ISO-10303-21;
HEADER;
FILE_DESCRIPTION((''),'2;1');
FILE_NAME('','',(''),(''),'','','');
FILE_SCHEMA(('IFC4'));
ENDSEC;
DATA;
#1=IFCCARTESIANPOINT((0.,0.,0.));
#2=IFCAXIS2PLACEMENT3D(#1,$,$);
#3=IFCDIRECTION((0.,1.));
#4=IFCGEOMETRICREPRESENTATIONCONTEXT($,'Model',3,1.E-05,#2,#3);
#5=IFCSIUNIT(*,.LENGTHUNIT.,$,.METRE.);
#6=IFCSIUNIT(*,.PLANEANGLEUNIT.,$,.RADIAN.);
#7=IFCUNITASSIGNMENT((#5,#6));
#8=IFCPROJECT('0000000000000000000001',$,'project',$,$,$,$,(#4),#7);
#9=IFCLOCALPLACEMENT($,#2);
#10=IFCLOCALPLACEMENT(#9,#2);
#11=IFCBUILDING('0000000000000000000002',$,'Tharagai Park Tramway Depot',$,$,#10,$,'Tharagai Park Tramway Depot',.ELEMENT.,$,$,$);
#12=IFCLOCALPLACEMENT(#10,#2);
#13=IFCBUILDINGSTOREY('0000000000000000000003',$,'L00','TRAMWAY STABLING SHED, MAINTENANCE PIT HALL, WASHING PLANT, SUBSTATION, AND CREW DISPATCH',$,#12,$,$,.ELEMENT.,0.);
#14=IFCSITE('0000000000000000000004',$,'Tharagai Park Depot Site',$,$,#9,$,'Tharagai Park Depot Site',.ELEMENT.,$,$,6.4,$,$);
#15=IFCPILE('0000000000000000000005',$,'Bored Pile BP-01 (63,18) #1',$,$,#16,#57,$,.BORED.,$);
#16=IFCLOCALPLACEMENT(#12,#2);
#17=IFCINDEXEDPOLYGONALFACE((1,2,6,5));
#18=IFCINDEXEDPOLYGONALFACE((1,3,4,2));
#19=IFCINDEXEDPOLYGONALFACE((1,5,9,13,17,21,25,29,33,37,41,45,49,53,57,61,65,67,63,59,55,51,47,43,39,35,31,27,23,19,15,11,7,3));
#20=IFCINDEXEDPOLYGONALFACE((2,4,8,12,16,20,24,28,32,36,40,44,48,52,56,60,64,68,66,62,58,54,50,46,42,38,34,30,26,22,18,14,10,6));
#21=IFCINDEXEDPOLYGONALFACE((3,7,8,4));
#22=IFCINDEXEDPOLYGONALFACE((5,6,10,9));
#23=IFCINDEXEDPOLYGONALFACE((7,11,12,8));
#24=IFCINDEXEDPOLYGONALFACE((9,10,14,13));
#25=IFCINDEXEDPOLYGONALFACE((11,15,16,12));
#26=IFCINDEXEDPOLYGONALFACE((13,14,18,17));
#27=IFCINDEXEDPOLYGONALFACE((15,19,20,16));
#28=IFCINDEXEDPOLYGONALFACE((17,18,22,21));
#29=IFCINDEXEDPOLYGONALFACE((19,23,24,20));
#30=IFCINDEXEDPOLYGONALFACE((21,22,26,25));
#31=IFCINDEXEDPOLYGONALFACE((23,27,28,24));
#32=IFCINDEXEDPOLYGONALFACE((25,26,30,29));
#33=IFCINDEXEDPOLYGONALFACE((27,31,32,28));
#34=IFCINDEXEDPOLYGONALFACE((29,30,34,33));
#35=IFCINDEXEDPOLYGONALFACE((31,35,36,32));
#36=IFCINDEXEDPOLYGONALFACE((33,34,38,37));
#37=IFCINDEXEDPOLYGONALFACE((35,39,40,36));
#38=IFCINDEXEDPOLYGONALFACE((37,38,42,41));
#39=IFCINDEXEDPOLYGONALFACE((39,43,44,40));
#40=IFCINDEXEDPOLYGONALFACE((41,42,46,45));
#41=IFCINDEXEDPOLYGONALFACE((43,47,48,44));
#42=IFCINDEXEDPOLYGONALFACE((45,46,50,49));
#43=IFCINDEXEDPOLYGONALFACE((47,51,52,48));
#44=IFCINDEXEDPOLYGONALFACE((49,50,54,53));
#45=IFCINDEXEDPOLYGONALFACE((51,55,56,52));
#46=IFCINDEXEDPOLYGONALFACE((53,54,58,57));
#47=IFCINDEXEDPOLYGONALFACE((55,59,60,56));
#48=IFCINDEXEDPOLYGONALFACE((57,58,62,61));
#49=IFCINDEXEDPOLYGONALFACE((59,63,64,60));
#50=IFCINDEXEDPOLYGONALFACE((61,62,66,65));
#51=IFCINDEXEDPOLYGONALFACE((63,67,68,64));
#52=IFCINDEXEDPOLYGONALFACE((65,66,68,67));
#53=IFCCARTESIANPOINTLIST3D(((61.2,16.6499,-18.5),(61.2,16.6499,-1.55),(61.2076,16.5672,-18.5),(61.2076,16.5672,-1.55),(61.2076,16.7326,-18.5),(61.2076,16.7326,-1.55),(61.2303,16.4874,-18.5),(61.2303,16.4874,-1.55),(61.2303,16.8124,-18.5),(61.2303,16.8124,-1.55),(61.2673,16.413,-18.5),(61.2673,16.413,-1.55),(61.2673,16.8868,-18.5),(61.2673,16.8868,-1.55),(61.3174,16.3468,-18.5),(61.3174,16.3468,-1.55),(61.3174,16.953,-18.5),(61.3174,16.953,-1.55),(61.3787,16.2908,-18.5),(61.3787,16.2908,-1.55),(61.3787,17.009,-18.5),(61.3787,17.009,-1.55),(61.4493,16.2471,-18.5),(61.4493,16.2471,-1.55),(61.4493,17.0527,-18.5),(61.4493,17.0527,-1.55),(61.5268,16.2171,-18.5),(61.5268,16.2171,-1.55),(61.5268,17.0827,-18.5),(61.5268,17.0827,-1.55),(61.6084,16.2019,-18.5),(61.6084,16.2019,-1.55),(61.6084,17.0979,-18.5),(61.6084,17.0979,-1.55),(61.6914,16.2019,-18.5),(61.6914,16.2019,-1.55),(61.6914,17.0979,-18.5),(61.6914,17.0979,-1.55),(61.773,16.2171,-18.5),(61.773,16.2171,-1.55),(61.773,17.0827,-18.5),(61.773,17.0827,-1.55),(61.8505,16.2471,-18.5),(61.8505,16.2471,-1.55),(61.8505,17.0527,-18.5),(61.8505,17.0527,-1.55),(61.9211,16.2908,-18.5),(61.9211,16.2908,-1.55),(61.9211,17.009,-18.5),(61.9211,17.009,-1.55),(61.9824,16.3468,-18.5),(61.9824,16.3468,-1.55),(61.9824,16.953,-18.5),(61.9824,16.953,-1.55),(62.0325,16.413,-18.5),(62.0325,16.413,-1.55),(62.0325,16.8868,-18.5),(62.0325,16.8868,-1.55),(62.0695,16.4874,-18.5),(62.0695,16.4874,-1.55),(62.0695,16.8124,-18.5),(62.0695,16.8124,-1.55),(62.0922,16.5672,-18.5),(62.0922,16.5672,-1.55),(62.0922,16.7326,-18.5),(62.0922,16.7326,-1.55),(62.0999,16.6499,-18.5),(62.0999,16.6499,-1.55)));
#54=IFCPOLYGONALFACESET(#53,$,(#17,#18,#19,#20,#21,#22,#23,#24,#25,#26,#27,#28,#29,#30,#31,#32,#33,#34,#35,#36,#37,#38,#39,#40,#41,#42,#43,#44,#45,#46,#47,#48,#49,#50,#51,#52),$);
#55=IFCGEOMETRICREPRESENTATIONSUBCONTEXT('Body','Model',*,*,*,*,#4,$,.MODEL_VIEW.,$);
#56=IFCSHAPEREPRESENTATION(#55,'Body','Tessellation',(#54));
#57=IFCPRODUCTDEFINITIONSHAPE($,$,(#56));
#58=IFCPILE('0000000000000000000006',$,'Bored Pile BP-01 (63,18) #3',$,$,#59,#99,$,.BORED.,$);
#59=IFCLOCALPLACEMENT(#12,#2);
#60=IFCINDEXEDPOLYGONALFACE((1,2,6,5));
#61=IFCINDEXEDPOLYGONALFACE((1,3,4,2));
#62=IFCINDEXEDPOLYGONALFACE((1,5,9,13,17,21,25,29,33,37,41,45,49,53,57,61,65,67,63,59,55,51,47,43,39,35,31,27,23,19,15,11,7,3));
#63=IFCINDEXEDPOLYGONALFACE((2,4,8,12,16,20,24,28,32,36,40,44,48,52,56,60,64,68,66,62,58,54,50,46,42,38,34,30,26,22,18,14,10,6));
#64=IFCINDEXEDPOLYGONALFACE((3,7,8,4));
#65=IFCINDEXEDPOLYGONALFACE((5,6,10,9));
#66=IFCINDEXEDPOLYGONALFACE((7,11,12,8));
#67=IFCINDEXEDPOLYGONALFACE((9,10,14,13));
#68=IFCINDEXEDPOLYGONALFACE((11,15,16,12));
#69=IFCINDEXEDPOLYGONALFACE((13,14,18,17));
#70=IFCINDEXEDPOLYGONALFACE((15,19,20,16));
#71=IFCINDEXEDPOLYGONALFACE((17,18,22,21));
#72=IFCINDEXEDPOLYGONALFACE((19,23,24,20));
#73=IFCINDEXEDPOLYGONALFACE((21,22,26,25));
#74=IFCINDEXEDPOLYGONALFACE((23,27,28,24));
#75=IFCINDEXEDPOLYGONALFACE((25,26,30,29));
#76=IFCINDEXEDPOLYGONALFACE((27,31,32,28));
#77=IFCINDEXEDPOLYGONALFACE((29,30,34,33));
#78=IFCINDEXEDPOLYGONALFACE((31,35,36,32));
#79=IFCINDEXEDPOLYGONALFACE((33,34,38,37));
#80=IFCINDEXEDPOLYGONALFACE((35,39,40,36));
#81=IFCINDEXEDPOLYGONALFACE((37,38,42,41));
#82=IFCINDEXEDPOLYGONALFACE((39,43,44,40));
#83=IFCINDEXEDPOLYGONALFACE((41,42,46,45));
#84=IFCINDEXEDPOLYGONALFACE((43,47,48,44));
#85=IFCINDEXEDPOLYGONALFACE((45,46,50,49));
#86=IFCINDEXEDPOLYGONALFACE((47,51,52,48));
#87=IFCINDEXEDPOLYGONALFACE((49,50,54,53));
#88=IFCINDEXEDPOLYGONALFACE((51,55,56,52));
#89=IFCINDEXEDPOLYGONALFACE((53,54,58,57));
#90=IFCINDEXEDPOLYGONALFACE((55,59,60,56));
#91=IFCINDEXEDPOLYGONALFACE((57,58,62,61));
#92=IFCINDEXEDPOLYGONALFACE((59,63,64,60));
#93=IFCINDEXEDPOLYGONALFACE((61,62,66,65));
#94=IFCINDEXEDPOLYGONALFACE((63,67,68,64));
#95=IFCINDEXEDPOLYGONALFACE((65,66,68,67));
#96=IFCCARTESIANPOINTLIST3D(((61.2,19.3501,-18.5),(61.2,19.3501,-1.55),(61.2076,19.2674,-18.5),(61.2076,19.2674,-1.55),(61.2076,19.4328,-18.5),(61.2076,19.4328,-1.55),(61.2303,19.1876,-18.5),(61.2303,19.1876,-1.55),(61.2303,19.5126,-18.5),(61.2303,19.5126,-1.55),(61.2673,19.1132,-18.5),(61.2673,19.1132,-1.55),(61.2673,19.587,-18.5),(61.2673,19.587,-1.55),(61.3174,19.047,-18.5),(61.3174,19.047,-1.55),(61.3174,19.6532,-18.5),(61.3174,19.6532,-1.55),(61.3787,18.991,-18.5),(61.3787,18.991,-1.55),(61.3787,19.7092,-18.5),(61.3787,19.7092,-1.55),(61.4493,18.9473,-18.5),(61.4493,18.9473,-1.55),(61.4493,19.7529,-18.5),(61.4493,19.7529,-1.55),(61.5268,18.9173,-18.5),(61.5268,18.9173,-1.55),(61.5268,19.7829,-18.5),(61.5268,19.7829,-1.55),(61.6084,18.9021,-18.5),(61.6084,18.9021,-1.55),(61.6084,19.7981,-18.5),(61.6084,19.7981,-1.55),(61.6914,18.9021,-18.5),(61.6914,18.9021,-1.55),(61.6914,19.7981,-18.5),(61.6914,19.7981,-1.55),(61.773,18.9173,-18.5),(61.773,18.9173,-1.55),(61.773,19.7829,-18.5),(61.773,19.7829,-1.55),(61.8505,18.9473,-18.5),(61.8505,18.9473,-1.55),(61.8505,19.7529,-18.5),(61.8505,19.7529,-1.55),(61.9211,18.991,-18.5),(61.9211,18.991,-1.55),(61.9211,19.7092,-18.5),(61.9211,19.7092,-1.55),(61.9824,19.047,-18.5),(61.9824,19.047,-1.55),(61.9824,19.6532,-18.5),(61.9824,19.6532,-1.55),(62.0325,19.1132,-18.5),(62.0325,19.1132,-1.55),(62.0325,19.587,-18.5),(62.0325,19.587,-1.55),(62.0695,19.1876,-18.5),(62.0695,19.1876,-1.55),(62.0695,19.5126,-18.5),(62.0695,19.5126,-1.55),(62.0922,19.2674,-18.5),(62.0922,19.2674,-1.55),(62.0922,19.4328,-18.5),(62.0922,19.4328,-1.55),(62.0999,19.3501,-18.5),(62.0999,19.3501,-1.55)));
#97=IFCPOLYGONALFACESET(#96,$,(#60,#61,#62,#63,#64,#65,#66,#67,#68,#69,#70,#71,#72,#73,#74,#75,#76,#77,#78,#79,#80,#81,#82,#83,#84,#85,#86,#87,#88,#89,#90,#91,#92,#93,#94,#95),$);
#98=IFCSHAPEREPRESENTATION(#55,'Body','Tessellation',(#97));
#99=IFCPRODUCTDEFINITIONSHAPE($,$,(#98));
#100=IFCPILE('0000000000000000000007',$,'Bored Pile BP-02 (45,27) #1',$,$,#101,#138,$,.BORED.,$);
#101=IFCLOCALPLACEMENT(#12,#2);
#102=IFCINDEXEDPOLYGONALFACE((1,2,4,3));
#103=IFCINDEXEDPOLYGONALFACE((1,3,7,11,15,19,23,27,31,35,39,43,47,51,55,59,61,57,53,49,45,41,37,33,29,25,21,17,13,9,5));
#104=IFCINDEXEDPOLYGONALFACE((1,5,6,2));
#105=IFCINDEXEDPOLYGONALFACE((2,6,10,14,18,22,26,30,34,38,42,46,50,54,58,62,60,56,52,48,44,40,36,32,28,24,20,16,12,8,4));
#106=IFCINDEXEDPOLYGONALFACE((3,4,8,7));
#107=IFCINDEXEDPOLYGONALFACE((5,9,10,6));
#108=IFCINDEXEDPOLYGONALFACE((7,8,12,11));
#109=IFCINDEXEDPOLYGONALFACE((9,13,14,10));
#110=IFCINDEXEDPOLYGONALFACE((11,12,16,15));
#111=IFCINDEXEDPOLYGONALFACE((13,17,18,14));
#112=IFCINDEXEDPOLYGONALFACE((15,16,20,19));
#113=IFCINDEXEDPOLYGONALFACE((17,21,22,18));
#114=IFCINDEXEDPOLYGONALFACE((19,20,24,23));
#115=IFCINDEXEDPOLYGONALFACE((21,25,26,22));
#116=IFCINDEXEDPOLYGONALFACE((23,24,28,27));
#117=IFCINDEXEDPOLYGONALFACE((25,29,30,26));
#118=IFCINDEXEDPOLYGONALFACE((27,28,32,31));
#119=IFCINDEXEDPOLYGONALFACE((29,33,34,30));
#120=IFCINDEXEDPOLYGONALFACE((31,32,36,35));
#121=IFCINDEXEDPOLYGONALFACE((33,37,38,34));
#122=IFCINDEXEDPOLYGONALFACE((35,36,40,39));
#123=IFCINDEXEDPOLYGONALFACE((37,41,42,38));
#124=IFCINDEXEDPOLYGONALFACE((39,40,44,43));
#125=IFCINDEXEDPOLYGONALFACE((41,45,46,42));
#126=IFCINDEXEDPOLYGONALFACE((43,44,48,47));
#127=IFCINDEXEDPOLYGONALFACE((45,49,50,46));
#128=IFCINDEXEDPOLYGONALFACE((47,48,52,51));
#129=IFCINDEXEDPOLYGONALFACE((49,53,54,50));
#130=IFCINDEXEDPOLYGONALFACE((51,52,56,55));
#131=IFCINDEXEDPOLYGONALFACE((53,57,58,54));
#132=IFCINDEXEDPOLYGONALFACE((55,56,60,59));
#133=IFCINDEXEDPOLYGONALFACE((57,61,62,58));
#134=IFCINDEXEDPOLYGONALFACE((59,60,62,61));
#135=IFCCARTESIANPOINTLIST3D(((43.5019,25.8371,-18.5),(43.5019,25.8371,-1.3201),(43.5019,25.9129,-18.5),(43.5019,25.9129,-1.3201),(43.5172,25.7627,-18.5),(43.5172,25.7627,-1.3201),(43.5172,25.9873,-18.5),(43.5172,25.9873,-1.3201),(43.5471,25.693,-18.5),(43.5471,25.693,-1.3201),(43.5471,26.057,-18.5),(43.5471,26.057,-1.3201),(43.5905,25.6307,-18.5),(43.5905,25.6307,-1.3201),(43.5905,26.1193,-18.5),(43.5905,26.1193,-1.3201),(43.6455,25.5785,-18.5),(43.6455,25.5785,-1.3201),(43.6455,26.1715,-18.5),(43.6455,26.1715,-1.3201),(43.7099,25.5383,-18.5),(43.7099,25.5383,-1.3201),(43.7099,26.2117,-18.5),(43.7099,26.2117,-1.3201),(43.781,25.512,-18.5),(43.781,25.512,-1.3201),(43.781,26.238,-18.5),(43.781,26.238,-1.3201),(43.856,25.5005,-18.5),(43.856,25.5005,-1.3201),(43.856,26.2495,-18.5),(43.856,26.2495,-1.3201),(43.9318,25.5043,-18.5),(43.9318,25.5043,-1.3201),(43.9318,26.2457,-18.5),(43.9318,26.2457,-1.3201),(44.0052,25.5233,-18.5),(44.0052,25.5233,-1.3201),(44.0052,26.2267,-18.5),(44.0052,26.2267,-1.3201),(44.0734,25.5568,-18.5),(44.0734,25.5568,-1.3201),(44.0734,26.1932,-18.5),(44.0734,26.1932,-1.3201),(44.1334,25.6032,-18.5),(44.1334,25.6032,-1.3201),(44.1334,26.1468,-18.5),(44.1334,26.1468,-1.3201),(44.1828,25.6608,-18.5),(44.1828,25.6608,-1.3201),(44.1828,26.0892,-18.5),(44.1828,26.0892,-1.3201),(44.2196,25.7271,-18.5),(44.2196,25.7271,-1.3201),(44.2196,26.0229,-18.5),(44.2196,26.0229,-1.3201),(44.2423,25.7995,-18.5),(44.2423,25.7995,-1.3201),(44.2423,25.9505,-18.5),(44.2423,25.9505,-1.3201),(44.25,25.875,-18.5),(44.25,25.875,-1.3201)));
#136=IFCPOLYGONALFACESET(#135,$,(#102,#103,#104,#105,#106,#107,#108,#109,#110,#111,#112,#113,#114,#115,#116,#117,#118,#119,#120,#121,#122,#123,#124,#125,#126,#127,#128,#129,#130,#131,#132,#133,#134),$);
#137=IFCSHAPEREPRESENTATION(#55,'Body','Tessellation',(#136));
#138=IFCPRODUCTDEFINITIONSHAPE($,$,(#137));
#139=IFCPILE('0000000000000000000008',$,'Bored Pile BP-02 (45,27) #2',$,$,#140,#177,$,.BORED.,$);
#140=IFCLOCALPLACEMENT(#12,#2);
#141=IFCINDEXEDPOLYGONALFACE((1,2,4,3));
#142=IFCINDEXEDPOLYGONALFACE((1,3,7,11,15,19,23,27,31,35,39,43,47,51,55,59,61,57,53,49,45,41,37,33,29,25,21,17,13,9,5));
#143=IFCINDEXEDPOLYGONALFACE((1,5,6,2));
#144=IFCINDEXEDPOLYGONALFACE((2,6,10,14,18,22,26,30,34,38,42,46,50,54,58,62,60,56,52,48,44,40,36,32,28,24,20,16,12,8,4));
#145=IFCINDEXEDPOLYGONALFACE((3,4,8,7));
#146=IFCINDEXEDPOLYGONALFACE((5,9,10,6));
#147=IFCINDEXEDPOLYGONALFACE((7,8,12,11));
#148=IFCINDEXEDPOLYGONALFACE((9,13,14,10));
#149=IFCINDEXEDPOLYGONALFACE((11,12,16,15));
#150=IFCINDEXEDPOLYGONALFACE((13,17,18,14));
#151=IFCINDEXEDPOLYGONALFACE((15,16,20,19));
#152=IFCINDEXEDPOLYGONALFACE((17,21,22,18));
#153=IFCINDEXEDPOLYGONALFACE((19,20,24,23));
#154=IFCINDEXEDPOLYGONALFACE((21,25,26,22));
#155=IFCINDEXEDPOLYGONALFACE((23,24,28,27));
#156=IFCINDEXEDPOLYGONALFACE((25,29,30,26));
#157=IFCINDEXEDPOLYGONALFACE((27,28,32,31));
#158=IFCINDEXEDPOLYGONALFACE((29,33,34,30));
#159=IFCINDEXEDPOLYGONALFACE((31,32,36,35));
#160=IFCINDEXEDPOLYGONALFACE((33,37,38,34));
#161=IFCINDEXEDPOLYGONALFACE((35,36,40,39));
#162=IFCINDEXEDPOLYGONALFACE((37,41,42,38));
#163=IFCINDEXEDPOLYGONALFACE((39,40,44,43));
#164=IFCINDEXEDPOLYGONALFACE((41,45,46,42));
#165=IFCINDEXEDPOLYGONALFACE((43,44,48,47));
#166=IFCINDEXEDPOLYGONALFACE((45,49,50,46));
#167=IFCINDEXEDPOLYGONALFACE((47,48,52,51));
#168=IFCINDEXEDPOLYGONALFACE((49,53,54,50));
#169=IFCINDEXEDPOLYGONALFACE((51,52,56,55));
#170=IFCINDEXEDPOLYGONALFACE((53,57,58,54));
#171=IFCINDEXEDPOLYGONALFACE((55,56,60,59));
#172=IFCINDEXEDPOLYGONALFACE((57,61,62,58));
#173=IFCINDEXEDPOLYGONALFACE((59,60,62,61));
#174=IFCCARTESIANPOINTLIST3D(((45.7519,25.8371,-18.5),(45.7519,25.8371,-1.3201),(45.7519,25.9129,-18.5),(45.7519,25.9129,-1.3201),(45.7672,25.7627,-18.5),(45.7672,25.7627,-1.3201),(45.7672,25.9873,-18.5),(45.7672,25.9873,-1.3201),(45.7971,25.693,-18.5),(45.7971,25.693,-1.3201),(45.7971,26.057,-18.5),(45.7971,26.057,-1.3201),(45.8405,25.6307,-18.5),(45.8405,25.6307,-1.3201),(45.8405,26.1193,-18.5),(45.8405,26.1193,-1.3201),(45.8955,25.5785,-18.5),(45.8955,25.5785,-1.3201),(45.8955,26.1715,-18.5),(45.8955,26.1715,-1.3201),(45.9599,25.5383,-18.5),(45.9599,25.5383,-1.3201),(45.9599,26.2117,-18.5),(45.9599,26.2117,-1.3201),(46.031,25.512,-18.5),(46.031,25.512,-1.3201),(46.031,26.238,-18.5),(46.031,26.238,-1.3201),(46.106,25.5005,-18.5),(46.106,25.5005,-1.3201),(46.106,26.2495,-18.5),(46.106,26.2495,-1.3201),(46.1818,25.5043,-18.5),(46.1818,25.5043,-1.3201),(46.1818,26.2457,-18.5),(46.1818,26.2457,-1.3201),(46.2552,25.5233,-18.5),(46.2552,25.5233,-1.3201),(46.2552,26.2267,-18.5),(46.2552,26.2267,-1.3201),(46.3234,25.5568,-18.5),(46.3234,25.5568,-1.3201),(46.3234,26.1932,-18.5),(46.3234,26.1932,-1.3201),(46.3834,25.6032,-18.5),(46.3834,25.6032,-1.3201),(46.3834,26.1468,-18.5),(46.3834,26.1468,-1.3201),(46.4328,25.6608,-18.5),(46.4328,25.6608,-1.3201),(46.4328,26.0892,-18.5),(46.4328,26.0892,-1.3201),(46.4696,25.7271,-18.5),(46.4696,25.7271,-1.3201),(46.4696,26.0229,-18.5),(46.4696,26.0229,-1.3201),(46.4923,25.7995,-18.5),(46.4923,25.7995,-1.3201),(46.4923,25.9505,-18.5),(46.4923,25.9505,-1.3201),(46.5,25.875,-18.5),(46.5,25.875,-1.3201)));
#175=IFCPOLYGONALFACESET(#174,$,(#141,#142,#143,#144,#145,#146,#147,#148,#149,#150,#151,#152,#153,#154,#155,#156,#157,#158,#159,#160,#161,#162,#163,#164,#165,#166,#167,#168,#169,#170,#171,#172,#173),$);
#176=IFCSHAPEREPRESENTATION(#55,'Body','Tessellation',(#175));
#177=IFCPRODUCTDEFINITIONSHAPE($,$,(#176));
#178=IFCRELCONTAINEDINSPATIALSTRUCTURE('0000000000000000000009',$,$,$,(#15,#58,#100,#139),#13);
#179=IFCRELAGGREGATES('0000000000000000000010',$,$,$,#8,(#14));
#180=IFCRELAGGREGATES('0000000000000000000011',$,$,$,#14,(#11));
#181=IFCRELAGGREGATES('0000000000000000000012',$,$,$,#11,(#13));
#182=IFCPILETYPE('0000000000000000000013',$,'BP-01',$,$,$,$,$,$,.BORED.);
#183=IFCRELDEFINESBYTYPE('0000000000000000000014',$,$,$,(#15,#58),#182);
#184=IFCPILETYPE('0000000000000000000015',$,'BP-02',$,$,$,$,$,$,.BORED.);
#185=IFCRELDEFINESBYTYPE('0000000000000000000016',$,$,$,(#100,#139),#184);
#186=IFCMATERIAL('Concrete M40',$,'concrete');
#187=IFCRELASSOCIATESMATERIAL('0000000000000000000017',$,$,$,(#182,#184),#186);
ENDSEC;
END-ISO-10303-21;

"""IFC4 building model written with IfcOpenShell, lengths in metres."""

from ifc_helpers import new_model, si_unit, direction, frame, origin, origin_2d, place, context, subcontext, project, spatial, circle, extrude, material, material_profile, profile_set, type_object, element, save


model = new_model("IFC4")

# Units and contexts
model_context = context("Model", 3, precision=1e-05, world=origin(), true_north=direction((0.0, 1.0)))
body_context = subcontext(model_context, "Body", "Model", "MODEL_VIEW")
ifc_project = project(units=[si_unit("LENGTHUNIT", "METRE"), si_unit("PLANEANGLEUNIT", "RADIAN")], contexts=[model_context])

# Site, building, storey
site_placement = place(None, origin())
site = spatial("IfcSite", under=ifc_project, at=site_placement, Name="Tharagai Park Depot Site", LongName="Tharagai Park Depot Site", CompositionType="ELEMENT", RefElevation=6.4)
building_placement = place(site_placement, origin())
building = spatial("IfcBuilding", under=site, at=building_placement, Name="Tharagai Park Tramway Depot", LongName="Tharagai Park Tramway Depot", CompositionType="ELEMENT")
storey_placement = place(building_placement, origin())
storey = spatial("IfcBuildingStorey", under=building, at=storey_placement, Name="L00", Description="TRAMWAY STABLING SHED, MAINTENANCE PIT HALL, WASHING PLANT, SUBSTATION, AND CREW DISPATCH", CompositionType="ELEMENT", Elevation=0.0)

# Piles
ifc_material_1 = material(Name="Concrete M40", Category="concrete")
ifc_material_profile_1 = material_profile(ifc_material_1, circle(Radius=0.45, at=origin_2d()), Name="PILE D900")
ifc_profile_set_1 = profile_set([ifc_material_profile_1], Name="Concrete M40")
pile_type_1 = type_object("IfcPileType", Name="BP-01", PredefinedType="BORED", material=ifc_profile_set_1)
for number, where, z_axis, x_axis, name in (
    (1, (61.6499, 16.6499, -1.55), (0.0, 0.0, -1.0), (1.0, 0.0, 0.0), "Bored Pile BP-01 (63,18) #1"),
    (2, (61.6499, 19.3501, -1.55), (0.0, 0.0, -1.0), (1.0, 0.0, 0.0), "Bored Pile BP-01 (63,18) #3"),
):
    element("IfcPile", number, at=place(storey_placement, frame(where, z_axis=z_axis, x_axis=x_axis)), inside=storey, type_object=pile_type_1, Name=name, PredefinedType="BORED", context=body_context, shape_type="SweptSolid", body=[
        extrude(circle(Radius=0.45, at=origin_2d()), origin(), (0.0, 0.0, 1.0), 16.95),
    ])
ifc_material_profile_2 = material_profile(ifc_material_1, circle(Radius=0.375, at=origin_2d()), Name="PILE D750")
ifc_profile_set_2 = profile_set([ifc_material_profile_2], Name="Concrete M40")
pile_type_2 = type_object("IfcPileType", Name="BP-02", PredefinedType="BORED", material=ifc_profile_set_2)
for number, where, z_axis, x_axis, name in (
    (3, (43.875, 25.875, -1.3201), (0.0, 0.0, -1.0), (1.0, 0.0, 0.0), "Bored Pile BP-02 (45,27) #1"),
    (4, (46.125, 25.875, -1.3201), (0.0, 0.0, -1.0), (1.0, 0.0, 0.0), "Bored Pile BP-02 (45,27) #2"),
):
    element("IfcPile", number, at=place(storey_placement, frame(where, z_axis=z_axis, x_axis=x_axis)), inside=storey, type_object=pile_type_2, Name=name, PredefinedType="BORED", context=body_context, shape_type="SweptSolid", body=[
        extrude(circle(Radius=0.375, at=origin_2d()), origin(), (0.0, 0.0, 1.0), 17.1799),
    ])

save(model, "model.ifc")
